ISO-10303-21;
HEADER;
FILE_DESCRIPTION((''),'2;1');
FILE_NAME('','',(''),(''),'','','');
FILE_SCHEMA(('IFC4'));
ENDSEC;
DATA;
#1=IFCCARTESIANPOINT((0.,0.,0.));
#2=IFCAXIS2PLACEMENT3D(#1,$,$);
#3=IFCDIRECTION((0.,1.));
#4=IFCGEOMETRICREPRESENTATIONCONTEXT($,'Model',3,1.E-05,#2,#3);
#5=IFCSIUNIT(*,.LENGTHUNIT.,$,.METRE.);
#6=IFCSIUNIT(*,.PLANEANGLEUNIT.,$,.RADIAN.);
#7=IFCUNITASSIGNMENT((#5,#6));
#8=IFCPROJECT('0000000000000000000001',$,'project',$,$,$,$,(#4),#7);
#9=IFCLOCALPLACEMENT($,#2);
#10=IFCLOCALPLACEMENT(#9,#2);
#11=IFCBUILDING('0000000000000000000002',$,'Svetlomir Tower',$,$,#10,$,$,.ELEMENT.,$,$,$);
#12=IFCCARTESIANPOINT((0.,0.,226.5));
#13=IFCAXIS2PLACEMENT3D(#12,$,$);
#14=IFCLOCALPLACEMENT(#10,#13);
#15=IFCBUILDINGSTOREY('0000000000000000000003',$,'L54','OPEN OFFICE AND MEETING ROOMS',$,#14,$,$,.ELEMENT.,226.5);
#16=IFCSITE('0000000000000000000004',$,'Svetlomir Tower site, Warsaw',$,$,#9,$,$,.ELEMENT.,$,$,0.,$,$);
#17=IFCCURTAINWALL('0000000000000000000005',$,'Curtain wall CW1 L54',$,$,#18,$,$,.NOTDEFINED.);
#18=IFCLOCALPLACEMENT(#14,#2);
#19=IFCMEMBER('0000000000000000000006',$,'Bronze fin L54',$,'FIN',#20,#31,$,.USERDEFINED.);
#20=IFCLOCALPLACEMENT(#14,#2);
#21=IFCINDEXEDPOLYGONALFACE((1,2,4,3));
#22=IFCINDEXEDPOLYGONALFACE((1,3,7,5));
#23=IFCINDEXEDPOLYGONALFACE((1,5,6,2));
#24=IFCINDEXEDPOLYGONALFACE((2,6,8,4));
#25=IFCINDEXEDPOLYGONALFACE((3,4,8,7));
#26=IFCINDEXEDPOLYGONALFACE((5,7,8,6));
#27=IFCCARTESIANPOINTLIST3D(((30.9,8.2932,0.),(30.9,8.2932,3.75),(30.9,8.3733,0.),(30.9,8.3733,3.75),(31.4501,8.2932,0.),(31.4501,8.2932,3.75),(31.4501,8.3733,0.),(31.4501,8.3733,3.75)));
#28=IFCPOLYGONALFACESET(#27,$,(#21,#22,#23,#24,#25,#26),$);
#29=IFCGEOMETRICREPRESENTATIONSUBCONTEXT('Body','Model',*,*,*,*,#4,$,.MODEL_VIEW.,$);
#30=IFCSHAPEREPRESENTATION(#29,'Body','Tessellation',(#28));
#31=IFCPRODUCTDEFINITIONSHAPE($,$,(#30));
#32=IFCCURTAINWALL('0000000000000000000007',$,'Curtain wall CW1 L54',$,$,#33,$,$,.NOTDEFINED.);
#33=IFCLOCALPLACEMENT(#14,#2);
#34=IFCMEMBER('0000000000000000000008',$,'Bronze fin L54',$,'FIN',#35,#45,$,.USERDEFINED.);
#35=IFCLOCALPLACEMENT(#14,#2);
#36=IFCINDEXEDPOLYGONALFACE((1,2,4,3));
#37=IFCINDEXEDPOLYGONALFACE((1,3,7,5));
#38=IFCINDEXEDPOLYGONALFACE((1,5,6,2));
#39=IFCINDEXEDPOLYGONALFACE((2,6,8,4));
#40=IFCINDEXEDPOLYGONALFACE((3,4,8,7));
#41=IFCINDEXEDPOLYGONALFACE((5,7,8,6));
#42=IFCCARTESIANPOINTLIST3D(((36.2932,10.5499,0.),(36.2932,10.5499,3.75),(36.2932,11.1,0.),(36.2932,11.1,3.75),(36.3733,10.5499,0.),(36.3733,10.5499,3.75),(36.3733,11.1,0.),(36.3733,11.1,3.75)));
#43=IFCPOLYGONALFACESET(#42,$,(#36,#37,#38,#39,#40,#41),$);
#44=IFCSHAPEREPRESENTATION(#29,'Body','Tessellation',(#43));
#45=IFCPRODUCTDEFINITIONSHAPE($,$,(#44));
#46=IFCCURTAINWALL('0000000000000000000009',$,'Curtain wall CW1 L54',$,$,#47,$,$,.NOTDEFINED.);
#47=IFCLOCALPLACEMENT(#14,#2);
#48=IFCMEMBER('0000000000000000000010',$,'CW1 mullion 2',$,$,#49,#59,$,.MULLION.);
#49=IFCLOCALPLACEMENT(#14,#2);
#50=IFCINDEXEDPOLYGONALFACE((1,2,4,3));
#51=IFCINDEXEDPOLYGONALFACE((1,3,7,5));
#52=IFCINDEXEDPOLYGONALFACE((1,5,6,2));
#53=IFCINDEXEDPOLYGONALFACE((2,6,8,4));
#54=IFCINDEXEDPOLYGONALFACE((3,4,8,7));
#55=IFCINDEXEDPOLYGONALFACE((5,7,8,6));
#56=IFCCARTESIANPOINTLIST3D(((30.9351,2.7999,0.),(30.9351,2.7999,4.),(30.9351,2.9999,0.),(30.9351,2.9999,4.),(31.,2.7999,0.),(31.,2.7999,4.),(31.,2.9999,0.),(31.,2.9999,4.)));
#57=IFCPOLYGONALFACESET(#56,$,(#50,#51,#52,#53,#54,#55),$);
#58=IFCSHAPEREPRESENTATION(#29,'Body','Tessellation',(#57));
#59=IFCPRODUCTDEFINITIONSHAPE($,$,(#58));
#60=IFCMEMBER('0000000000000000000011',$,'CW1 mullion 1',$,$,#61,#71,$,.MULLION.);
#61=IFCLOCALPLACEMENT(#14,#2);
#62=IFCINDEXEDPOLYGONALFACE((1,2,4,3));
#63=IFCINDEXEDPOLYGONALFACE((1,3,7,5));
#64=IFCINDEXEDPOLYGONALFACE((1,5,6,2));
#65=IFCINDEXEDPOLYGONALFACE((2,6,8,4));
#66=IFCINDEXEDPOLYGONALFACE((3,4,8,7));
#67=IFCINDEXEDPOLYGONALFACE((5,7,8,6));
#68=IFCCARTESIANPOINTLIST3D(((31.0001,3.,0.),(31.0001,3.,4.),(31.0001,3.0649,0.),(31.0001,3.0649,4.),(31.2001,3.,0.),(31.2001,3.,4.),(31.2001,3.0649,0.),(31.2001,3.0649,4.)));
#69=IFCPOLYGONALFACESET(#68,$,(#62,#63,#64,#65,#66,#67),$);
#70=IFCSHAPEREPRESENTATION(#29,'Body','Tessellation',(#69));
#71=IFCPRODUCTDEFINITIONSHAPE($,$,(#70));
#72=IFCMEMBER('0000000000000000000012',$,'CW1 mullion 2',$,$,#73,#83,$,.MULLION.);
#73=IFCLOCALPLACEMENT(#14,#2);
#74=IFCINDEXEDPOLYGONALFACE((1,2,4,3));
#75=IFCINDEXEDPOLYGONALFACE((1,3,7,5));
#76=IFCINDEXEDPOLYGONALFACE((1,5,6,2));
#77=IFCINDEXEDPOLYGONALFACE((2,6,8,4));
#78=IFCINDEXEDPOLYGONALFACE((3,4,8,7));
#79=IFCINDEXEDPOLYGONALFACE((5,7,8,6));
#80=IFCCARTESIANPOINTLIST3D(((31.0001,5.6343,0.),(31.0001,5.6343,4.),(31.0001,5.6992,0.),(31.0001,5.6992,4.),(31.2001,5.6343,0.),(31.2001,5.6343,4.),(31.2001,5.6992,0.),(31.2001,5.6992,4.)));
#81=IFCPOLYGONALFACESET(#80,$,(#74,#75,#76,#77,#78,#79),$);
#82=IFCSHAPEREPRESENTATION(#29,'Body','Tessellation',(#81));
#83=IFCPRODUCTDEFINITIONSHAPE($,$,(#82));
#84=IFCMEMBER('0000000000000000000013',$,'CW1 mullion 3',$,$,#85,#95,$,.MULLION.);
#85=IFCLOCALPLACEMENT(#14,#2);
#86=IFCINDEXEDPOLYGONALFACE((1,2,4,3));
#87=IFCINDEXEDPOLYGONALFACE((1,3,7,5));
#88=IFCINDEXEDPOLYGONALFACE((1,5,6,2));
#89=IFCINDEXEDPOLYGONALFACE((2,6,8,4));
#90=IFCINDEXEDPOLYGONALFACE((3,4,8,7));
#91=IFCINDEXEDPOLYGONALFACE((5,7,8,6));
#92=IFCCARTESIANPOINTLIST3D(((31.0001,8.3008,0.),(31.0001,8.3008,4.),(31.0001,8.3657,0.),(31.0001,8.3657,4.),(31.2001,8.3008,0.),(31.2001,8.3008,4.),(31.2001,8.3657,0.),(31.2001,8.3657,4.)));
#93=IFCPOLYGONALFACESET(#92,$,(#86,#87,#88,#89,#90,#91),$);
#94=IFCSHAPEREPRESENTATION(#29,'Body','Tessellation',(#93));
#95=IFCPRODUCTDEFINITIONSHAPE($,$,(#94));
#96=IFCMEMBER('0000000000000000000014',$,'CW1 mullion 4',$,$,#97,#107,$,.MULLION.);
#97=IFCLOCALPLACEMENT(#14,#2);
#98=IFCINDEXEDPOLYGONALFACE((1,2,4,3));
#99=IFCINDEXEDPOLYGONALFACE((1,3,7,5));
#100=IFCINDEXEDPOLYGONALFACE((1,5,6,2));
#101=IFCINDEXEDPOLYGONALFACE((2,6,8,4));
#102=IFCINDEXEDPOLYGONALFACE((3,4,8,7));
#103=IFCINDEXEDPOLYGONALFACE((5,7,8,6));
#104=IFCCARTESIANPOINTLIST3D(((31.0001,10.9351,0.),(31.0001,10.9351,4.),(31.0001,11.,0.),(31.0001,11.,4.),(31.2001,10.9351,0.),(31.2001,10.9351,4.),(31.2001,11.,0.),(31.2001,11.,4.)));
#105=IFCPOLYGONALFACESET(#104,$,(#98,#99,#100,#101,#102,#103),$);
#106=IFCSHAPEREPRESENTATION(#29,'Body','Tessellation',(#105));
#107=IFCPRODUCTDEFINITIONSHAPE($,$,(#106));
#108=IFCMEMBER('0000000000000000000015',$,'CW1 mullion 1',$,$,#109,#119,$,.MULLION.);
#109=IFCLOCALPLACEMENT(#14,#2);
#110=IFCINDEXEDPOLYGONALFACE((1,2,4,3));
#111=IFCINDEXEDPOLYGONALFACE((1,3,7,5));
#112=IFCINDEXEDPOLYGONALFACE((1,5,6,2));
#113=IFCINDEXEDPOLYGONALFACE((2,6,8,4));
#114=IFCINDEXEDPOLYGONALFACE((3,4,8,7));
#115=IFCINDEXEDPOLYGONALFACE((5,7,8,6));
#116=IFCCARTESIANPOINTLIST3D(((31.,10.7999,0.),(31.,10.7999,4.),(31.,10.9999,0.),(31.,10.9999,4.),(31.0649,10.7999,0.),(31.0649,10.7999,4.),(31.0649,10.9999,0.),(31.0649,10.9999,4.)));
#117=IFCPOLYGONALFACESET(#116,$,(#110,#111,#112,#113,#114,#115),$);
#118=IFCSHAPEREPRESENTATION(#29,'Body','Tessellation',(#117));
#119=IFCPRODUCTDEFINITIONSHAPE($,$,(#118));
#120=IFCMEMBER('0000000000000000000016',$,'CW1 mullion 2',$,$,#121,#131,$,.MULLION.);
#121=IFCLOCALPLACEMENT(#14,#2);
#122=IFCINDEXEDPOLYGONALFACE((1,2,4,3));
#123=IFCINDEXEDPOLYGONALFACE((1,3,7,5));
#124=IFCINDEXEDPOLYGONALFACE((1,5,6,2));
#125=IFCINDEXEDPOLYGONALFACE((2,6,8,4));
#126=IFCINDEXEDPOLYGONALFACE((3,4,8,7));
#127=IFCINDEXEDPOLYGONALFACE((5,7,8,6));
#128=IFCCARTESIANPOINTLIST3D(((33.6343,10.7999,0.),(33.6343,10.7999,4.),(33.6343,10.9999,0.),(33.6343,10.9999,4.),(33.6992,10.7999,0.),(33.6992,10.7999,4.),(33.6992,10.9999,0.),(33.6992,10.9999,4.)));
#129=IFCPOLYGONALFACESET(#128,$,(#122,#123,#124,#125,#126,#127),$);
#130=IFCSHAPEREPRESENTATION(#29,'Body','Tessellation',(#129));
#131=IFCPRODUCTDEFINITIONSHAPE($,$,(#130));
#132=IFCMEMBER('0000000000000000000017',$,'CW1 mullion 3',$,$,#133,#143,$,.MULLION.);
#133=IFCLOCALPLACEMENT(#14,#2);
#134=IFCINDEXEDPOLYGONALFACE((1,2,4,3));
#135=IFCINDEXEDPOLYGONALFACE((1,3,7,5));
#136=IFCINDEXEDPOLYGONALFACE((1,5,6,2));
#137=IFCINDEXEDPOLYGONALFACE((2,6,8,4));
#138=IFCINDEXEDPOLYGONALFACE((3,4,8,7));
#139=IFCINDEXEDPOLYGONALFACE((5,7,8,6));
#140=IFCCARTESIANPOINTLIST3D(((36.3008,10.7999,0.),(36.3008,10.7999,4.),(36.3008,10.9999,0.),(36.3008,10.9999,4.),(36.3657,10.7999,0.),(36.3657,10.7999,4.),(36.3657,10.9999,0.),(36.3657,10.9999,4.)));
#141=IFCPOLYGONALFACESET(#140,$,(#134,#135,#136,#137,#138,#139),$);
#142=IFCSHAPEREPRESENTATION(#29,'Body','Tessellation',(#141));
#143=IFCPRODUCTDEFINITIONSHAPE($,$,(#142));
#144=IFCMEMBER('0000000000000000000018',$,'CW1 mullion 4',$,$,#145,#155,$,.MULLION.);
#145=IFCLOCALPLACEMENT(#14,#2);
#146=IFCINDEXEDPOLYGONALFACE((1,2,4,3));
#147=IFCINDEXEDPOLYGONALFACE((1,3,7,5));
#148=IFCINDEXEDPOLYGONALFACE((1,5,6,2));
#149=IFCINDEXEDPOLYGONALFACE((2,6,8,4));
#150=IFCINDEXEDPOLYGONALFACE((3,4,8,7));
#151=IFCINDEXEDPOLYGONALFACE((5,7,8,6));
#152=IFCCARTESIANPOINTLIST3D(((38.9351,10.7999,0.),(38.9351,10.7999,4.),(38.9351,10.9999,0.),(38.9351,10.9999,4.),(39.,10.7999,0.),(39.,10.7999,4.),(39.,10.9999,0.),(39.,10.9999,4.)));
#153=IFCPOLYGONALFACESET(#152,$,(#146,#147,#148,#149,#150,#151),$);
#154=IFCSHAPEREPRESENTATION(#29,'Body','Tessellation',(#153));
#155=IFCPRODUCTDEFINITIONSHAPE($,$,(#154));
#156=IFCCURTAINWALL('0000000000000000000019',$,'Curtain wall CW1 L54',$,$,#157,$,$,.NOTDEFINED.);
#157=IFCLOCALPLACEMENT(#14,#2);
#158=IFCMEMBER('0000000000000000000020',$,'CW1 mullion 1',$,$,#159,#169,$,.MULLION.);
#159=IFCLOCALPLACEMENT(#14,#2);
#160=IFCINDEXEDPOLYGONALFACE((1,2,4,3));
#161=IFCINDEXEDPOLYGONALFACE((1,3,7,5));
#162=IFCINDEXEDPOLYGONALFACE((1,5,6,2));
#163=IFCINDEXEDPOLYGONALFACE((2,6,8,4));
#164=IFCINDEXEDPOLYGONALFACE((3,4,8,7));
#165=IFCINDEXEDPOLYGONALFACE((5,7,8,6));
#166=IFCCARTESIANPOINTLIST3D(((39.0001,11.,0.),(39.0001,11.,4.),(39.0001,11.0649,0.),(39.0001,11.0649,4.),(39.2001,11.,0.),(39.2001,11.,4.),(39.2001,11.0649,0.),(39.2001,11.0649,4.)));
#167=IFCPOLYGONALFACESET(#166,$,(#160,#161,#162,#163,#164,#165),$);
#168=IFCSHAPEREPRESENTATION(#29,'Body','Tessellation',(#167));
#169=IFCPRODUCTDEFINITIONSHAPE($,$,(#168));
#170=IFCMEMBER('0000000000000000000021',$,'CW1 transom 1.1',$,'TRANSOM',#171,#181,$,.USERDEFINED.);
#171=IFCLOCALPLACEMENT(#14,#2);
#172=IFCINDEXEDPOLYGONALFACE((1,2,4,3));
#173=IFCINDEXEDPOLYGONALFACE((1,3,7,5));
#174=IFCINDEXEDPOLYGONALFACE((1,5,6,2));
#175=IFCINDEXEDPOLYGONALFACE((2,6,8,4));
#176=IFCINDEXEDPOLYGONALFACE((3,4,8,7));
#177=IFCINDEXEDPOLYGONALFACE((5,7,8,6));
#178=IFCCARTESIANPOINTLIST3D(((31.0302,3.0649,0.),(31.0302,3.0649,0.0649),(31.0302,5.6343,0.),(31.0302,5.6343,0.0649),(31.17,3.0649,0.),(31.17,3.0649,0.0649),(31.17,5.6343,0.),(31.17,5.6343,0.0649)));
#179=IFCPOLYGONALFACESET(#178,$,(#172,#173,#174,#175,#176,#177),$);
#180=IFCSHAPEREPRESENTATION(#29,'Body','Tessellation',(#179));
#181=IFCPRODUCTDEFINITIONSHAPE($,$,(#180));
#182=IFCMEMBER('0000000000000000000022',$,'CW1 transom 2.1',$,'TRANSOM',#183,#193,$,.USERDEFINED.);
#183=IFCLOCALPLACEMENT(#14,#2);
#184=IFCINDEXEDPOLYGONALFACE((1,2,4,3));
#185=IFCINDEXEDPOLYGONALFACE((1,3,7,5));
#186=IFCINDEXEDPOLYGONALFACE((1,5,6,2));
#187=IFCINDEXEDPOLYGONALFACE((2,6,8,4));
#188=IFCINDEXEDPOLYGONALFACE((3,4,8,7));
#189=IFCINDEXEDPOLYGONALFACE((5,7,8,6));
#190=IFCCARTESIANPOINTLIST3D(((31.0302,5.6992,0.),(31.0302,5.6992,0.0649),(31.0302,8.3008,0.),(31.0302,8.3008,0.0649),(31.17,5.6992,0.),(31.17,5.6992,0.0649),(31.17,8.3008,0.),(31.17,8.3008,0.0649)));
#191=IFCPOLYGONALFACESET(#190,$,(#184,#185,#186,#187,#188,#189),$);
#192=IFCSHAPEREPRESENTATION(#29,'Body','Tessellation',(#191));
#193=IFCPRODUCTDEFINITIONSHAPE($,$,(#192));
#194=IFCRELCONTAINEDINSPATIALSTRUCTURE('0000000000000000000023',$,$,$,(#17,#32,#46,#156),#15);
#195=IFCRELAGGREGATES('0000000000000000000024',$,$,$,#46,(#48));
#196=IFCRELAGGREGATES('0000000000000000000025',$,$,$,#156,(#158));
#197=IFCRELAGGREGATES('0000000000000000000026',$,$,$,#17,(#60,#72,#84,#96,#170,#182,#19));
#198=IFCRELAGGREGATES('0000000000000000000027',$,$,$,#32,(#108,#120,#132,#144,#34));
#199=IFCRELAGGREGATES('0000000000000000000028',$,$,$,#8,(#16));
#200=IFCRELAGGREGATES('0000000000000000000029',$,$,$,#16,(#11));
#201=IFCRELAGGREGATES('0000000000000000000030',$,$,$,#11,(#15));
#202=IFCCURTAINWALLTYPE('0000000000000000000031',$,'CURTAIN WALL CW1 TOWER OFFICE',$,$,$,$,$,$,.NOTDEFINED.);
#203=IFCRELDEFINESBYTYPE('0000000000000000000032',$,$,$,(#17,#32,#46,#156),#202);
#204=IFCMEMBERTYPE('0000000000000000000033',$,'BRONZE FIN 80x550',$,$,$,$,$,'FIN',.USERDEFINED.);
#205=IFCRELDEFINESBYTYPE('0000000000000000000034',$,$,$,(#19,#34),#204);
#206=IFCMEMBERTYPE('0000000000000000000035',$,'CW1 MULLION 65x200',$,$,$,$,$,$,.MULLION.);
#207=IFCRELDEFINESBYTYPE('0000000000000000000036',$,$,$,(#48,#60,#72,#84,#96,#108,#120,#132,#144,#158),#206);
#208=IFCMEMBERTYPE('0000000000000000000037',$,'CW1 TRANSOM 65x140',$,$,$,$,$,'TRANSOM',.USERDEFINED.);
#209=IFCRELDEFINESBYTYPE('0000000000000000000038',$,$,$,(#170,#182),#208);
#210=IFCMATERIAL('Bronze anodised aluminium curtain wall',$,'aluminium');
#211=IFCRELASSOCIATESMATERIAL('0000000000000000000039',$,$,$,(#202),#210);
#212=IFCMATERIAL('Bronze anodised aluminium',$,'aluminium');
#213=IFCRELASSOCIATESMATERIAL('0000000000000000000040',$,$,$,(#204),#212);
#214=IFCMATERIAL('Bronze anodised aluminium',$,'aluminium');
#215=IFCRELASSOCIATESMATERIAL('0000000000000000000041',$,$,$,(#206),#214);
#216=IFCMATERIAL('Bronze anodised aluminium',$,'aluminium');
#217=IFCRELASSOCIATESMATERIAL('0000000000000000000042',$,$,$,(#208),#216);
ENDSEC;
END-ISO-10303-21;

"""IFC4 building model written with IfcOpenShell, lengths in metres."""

from ifc_helpers import new_model, si_unit, direction, frame, origin, origin_2d, place, context, subcontext, project, spatial, rectangle, extrude, material, material_profile, profile_set, type_object, element, aggregate, save


model = new_model("IFC4")

# Units and contexts
model_context = context("Model", 3, precision=1e-05, world=origin(), true_north=direction((0.0, 1.0)))
body_context = subcontext(model_context, "Body", "Model", "MODEL_VIEW")
ifc_project = project(units=[si_unit("LENGTHUNIT", "METRE"), si_unit("PLANEANGLEUNIT", "RADIAN")], contexts=[model_context])

# Site, building, storey
site_placement = place(None, origin())
site = spatial("IfcSite", under=ifc_project, at=site_placement, Name="Svetlomir Tower site, Warsaw", CompositionType="ELEMENT", RefElevation=0.0)
building_placement = place(site_placement, origin())
building = spatial("IfcBuilding", under=site, at=building_placement, Name="Svetlomir Tower", CompositionType="ELEMENT")
storey_placement = place(building_placement, frame((0.0, 0.0, 226.5)))
storey = spatial("IfcBuildingStorey", under=building, at=storey_placement, Name="L54", Description="OPEN OFFICE AND MEETING ROOMS", CompositionType="ELEMENT", Elevation=226.5)

# Curtain walls, members
ifc_material_1 = material(Name="Bronze anodised aluminium curtain wall", Category="aluminium")
curtain_wall_type = type_object("IfcCurtainWallType", Name="CURTAIN WALL CW1 TOWER OFFICE", PredefinedType="NOTDEFINED", material=ifc_material_1)
curtain_wall_1_placement = place(storey_placement, origin())
curtain_wall_1 = element("IfcCurtainWall", 1, at=curtain_wall_1_placement, inside=storey, type_object=curtain_wall_type, Name="Curtain wall CW1 L54", PredefinedType="NOTDEFINED")
ifc_material_2 = material(Name="Bronze anodised aluminium", Category="aluminium")
ifc_material_profile_1 = material_profile(ifc_material_2, rectangle(XDim=0.0801, YDim=0.55, at=origin_2d()), Name="FIN 80x550")
ifc_profile_set_1 = profile_set([ifc_material_profile_1], Name="Bronze anodised aluminium 6063-T6")
member_type_1 = type_object("IfcMemberType", Name="BRONZE FIN 80x550", ElementType="FIN", PredefinedType="USERDEFINED", material=ifc_profile_set_1)
member_1_placement = place(storey_placement, frame((31.175, 8.3333, 0.0), z_axis=(0.0, 0.0, 1.0), x_axis=(0.0, 1.0, 0.0)))
member_1 = element("IfcMember", 2, at=member_1_placement, type_object=member_type_1, Name="Bronze fin L54", ObjectType="FIN", PredefinedType="USERDEFINED", context=body_context, shape_type="SweptSolid", body=[
    extrude(rectangle(XDim=0.0801, YDim=0.55, at=origin_2d()), origin(), (0.0, 0.0, 1.0), 3.75),
])
curtain_wall_2_placement = place(storey_placement, origin())
curtain_wall_2 = element("IfcCurtainWall", 3, at=curtain_wall_2_placement, inside=storey, type_object=curtain_wall_type, Name="Curtain wall CW1 L54", PredefinedType="NOTDEFINED")
member_2_placement = place(storey_placement, frame((36.3333, 10.825, 0.0), z_axis=(0.0, 0.0, 1.0), x_axis=(1.0, 0.0, 0.0)))
member_2 = element("IfcMember", 4, at=member_2_placement, type_object=member_type_1, Name="Bronze fin L54", ObjectType="FIN", PredefinedType="USERDEFINED", context=body_context, shape_type="SweptSolid", body=[
    extrude(rectangle(XDim=0.0801, YDim=0.55, at=origin_2d()), origin(), (0.0, 0.0, 1.0), 3.75),
])
curtain_wall_3_placement = place(storey_placement, origin())
curtain_wall_3 = element("IfcCurtainWall", 5, at=curtain_wall_3_placement, inside=storey, type_object=curtain_wall_type, Name="Curtain wall CW1 L54", PredefinedType="NOTDEFINED")
ifc_material_3 = material(Name="Bronze anodised aluminium", Category="aluminium")
ifc_material_profile_2 = material_profile(ifc_material_3, rectangle(XDim=0.0649, YDim=0.2, at=origin_2d()), Name="AL 65x200")
ifc_profile_set_2 = profile_set([ifc_material_profile_2], Name="Bronze anodised aluminium 6063-T6")
member_type_2 = type_object("IfcMemberType", Name="CW1 MULLION 65x200", PredefinedType="MULLION", material=ifc_profile_set_2)
member_3_placement = place(storey_placement, frame((30.9675, 2.8999, 0.0), z_axis=(0.0, 0.0, 1.0), x_axis=(1.0, 0.0, 0.0)))
member_3 = element("IfcMember", 6, at=member_3_placement, type_object=member_type_2, Name="CW1 mullion 2", PredefinedType="MULLION", context=body_context, shape_type="SweptSolid", body=[
    extrude(rectangle(XDim=0.0649, YDim=0.2, at=origin_2d()), origin(), (0.0, 0.0, 1.0), 4.0),
])
aggregate(curtain_wall_3, [member_3])

# Members
member_4_placement = place(storey_placement, frame((31.1001, 3.0325, 0.0), z_axis=(0.0, 0.0, 1.0), x_axis=(0.0, 1.0, 0.0)))
member_4 = element("IfcMember", 7, at=member_4_placement, type_object=member_type_2, Name="CW1 mullion 1", PredefinedType="MULLION", context=body_context, shape_type="SweptSolid", body=[
    extrude(rectangle(XDim=0.0649, YDim=0.2, at=origin_2d()), origin(), (0.0, 0.0, 1.0), 4.0),
])
member_5_placement = place(storey_placement, frame((31.1001, 5.6667, 0.0), z_axis=(0.0, 0.0, 1.0), x_axis=(0.0, 1.0, 0.0)))
member_5 = element("IfcMember", 8, at=member_5_placement, type_object=member_type_2, Name="CW1 mullion 2", PredefinedType="MULLION", context=body_context, shape_type="SweptSolid", body=[
    extrude(rectangle(XDim=0.0649, YDim=0.2, at=origin_2d()), origin(), (0.0, 0.0, 1.0), 4.0),
])
member_6_placement = place(storey_placement, frame((31.1001, 8.3333, 0.0), z_axis=(0.0, 0.0, 1.0), x_axis=(0.0, 1.0, 0.0)))
member_6 = element("IfcMember", 9, at=member_6_placement, type_object=member_type_2, Name="CW1 mullion 3", PredefinedType="MULLION", context=body_context, shape_type="SweptSolid", body=[
    extrude(rectangle(XDim=0.0649, YDim=0.2, at=origin_2d()), origin(), (0.0, 0.0, 1.0), 4.0),
])
member_7_placement = place(storey_placement, frame((31.1001, 10.9675, 0.0), z_axis=(0.0, 0.0, 1.0), x_axis=(0.0, 1.0, 0.0)))
member_7 = element("IfcMember", 10, at=member_7_placement, type_object=member_type_2, Name="CW1 mullion 4", PredefinedType="MULLION", context=body_context, shape_type="SweptSolid", body=[
    extrude(rectangle(XDim=0.0649, YDim=0.2, at=origin_2d()), origin(), (0.0, 0.0, 1.0), 4.0),
])
member_8_placement = place(storey_placement, frame((31.0325, 10.8999, 0.0), z_axis=(0.0, 0.0, 1.0), x_axis=(1.0, 0.0, 0.0)))
member_8 = element("IfcMember", 11, at=member_8_placement, type_object=member_type_2, Name="CW1 mullion 1", PredefinedType="MULLION", context=body_context, shape_type="SweptSolid", body=[
    extrude(rectangle(XDim=0.0649, YDim=0.2, at=origin_2d()), origin(), (0.0, 0.0, 1.0), 4.0),
])
member_9_placement = place(storey_placement, frame((33.6667, 10.8999, 0.0), z_axis=(0.0, 0.0, 1.0), x_axis=(1.0, 0.0, 0.0)))
member_9 = element("IfcMember", 12, at=member_9_placement, type_object=member_type_2, Name="CW1 mullion 2", PredefinedType="MULLION", context=body_context, shape_type="SweptSolid", body=[
    extrude(rectangle(XDim=0.0649, YDim=0.2, at=origin_2d()), origin(), (0.0, 0.0, 1.0), 4.0),
])
member_10_placement = place(storey_placement, frame((36.3333, 10.8999, 0.0), z_axis=(0.0, 0.0, 1.0), x_axis=(1.0, 0.0, 0.0)))
member_10 = element("IfcMember", 13, at=member_10_placement, type_object=member_type_2, Name="CW1 mullion 3", PredefinedType="MULLION", context=body_context, shape_type="SweptSolid", body=[
    extrude(rectangle(XDim=0.0649, YDim=0.2, at=origin_2d()), origin(), (0.0, 0.0, 1.0), 4.0),
])
member_11_placement = place(storey_placement, frame((38.9675, 10.8999, 0.0), z_axis=(0.0, 0.0, 1.0), x_axis=(1.0, 0.0, 0.0)))
member_11 = element("IfcMember", 14, at=member_11_placement, type_object=member_type_2, Name="CW1 mullion 4", PredefinedType="MULLION", context=body_context, shape_type="SweptSolid", body=[
    extrude(rectangle(XDim=0.0649, YDim=0.2, at=origin_2d()), origin(), (0.0, 0.0, 1.0), 4.0),
])

# Curtain wall, member
curtain_wall_4_placement = place(storey_placement, origin())
curtain_wall_4 = element("IfcCurtainWall", 15, at=curtain_wall_4_placement, inside=storey, type_object=curtain_wall_type, Name="Curtain wall CW1 L54", PredefinedType="NOTDEFINED")
member_12_placement = place(storey_placement, frame((39.1001, 11.0325, 0.0), z_axis=(0.0, 0.0, 1.0), x_axis=(0.0, 1.0, 0.0)))
member_12 = element("IfcMember", 16, at=member_12_placement, type_object=member_type_2, Name="CW1 mullion 1", PredefinedType="MULLION", context=body_context, shape_type="SweptSolid", body=[
    extrude(rectangle(XDim=0.0649, YDim=0.2, at=origin_2d()), origin(), (0.0, 0.0, 1.0), 4.0),
])
aggregate(curtain_wall_4, [member_12])

# Members
ifc_material_4 = material(Name="Bronze anodised aluminium", Category="aluminium")
ifc_material_profile_3 = material_profile(ifc_material_4, rectangle(XDim=0.1399, YDim=0.0649, at=origin_2d()), Name="AL 140x65")
ifc_profile_set_3 = profile_set([ifc_material_profile_3], Name="Bronze anodised aluminium 6063-T6")
member_type_3 = type_object("IfcMemberType", Name="CW1 TRANSOM 65x140", ElementType="TRANSOM", PredefinedType="USERDEFINED", material=ifc_profile_set_3)
member_13_placement = place(storey_placement, frame((31.1001, 3.0649, 0.0325), z_axis=(0.0, 1.0, 0.0), x_axis=(-1.0, 0.0, 0.0)))
member_13 = element("IfcMember", 17, at=member_13_placement, type_object=member_type_3, Name="CW1 transom 1.1", ObjectType="TRANSOM", PredefinedType="USERDEFINED", context=body_context, shape_type="SweptSolid", body=[
    extrude(rectangle(XDim=0.1399, YDim=0.0649, at=origin_2d()), origin(), (0.0, 0.0, 1.0), 2.5693),
])
member_14_placement = place(storey_placement, frame((31.1001, 5.6992, 0.0325), z_axis=(0.0, 1.0, 0.0), x_axis=(-1.0, 0.0, 0.0)))
member_14 = element("IfcMember", 18, at=member_14_placement, type_object=member_type_3, Name="CW1 transom 2.1", ObjectType="TRANSOM", PredefinedType="USERDEFINED", context=body_context, shape_type="SweptSolid", body=[
    extrude(rectangle(XDim=0.1399, YDim=0.0649, at=origin_2d()), origin(), (0.0, 0.0, 1.0), 2.6016),
])

aggregate(curtain_wall_1, [member_4, member_5, member_6, member_7, member_13, member_14, member_1])
aggregate(curtain_wall_2, [member_8, member_9, member_10, member_11, member_2])

save(model, "model.ifc")
